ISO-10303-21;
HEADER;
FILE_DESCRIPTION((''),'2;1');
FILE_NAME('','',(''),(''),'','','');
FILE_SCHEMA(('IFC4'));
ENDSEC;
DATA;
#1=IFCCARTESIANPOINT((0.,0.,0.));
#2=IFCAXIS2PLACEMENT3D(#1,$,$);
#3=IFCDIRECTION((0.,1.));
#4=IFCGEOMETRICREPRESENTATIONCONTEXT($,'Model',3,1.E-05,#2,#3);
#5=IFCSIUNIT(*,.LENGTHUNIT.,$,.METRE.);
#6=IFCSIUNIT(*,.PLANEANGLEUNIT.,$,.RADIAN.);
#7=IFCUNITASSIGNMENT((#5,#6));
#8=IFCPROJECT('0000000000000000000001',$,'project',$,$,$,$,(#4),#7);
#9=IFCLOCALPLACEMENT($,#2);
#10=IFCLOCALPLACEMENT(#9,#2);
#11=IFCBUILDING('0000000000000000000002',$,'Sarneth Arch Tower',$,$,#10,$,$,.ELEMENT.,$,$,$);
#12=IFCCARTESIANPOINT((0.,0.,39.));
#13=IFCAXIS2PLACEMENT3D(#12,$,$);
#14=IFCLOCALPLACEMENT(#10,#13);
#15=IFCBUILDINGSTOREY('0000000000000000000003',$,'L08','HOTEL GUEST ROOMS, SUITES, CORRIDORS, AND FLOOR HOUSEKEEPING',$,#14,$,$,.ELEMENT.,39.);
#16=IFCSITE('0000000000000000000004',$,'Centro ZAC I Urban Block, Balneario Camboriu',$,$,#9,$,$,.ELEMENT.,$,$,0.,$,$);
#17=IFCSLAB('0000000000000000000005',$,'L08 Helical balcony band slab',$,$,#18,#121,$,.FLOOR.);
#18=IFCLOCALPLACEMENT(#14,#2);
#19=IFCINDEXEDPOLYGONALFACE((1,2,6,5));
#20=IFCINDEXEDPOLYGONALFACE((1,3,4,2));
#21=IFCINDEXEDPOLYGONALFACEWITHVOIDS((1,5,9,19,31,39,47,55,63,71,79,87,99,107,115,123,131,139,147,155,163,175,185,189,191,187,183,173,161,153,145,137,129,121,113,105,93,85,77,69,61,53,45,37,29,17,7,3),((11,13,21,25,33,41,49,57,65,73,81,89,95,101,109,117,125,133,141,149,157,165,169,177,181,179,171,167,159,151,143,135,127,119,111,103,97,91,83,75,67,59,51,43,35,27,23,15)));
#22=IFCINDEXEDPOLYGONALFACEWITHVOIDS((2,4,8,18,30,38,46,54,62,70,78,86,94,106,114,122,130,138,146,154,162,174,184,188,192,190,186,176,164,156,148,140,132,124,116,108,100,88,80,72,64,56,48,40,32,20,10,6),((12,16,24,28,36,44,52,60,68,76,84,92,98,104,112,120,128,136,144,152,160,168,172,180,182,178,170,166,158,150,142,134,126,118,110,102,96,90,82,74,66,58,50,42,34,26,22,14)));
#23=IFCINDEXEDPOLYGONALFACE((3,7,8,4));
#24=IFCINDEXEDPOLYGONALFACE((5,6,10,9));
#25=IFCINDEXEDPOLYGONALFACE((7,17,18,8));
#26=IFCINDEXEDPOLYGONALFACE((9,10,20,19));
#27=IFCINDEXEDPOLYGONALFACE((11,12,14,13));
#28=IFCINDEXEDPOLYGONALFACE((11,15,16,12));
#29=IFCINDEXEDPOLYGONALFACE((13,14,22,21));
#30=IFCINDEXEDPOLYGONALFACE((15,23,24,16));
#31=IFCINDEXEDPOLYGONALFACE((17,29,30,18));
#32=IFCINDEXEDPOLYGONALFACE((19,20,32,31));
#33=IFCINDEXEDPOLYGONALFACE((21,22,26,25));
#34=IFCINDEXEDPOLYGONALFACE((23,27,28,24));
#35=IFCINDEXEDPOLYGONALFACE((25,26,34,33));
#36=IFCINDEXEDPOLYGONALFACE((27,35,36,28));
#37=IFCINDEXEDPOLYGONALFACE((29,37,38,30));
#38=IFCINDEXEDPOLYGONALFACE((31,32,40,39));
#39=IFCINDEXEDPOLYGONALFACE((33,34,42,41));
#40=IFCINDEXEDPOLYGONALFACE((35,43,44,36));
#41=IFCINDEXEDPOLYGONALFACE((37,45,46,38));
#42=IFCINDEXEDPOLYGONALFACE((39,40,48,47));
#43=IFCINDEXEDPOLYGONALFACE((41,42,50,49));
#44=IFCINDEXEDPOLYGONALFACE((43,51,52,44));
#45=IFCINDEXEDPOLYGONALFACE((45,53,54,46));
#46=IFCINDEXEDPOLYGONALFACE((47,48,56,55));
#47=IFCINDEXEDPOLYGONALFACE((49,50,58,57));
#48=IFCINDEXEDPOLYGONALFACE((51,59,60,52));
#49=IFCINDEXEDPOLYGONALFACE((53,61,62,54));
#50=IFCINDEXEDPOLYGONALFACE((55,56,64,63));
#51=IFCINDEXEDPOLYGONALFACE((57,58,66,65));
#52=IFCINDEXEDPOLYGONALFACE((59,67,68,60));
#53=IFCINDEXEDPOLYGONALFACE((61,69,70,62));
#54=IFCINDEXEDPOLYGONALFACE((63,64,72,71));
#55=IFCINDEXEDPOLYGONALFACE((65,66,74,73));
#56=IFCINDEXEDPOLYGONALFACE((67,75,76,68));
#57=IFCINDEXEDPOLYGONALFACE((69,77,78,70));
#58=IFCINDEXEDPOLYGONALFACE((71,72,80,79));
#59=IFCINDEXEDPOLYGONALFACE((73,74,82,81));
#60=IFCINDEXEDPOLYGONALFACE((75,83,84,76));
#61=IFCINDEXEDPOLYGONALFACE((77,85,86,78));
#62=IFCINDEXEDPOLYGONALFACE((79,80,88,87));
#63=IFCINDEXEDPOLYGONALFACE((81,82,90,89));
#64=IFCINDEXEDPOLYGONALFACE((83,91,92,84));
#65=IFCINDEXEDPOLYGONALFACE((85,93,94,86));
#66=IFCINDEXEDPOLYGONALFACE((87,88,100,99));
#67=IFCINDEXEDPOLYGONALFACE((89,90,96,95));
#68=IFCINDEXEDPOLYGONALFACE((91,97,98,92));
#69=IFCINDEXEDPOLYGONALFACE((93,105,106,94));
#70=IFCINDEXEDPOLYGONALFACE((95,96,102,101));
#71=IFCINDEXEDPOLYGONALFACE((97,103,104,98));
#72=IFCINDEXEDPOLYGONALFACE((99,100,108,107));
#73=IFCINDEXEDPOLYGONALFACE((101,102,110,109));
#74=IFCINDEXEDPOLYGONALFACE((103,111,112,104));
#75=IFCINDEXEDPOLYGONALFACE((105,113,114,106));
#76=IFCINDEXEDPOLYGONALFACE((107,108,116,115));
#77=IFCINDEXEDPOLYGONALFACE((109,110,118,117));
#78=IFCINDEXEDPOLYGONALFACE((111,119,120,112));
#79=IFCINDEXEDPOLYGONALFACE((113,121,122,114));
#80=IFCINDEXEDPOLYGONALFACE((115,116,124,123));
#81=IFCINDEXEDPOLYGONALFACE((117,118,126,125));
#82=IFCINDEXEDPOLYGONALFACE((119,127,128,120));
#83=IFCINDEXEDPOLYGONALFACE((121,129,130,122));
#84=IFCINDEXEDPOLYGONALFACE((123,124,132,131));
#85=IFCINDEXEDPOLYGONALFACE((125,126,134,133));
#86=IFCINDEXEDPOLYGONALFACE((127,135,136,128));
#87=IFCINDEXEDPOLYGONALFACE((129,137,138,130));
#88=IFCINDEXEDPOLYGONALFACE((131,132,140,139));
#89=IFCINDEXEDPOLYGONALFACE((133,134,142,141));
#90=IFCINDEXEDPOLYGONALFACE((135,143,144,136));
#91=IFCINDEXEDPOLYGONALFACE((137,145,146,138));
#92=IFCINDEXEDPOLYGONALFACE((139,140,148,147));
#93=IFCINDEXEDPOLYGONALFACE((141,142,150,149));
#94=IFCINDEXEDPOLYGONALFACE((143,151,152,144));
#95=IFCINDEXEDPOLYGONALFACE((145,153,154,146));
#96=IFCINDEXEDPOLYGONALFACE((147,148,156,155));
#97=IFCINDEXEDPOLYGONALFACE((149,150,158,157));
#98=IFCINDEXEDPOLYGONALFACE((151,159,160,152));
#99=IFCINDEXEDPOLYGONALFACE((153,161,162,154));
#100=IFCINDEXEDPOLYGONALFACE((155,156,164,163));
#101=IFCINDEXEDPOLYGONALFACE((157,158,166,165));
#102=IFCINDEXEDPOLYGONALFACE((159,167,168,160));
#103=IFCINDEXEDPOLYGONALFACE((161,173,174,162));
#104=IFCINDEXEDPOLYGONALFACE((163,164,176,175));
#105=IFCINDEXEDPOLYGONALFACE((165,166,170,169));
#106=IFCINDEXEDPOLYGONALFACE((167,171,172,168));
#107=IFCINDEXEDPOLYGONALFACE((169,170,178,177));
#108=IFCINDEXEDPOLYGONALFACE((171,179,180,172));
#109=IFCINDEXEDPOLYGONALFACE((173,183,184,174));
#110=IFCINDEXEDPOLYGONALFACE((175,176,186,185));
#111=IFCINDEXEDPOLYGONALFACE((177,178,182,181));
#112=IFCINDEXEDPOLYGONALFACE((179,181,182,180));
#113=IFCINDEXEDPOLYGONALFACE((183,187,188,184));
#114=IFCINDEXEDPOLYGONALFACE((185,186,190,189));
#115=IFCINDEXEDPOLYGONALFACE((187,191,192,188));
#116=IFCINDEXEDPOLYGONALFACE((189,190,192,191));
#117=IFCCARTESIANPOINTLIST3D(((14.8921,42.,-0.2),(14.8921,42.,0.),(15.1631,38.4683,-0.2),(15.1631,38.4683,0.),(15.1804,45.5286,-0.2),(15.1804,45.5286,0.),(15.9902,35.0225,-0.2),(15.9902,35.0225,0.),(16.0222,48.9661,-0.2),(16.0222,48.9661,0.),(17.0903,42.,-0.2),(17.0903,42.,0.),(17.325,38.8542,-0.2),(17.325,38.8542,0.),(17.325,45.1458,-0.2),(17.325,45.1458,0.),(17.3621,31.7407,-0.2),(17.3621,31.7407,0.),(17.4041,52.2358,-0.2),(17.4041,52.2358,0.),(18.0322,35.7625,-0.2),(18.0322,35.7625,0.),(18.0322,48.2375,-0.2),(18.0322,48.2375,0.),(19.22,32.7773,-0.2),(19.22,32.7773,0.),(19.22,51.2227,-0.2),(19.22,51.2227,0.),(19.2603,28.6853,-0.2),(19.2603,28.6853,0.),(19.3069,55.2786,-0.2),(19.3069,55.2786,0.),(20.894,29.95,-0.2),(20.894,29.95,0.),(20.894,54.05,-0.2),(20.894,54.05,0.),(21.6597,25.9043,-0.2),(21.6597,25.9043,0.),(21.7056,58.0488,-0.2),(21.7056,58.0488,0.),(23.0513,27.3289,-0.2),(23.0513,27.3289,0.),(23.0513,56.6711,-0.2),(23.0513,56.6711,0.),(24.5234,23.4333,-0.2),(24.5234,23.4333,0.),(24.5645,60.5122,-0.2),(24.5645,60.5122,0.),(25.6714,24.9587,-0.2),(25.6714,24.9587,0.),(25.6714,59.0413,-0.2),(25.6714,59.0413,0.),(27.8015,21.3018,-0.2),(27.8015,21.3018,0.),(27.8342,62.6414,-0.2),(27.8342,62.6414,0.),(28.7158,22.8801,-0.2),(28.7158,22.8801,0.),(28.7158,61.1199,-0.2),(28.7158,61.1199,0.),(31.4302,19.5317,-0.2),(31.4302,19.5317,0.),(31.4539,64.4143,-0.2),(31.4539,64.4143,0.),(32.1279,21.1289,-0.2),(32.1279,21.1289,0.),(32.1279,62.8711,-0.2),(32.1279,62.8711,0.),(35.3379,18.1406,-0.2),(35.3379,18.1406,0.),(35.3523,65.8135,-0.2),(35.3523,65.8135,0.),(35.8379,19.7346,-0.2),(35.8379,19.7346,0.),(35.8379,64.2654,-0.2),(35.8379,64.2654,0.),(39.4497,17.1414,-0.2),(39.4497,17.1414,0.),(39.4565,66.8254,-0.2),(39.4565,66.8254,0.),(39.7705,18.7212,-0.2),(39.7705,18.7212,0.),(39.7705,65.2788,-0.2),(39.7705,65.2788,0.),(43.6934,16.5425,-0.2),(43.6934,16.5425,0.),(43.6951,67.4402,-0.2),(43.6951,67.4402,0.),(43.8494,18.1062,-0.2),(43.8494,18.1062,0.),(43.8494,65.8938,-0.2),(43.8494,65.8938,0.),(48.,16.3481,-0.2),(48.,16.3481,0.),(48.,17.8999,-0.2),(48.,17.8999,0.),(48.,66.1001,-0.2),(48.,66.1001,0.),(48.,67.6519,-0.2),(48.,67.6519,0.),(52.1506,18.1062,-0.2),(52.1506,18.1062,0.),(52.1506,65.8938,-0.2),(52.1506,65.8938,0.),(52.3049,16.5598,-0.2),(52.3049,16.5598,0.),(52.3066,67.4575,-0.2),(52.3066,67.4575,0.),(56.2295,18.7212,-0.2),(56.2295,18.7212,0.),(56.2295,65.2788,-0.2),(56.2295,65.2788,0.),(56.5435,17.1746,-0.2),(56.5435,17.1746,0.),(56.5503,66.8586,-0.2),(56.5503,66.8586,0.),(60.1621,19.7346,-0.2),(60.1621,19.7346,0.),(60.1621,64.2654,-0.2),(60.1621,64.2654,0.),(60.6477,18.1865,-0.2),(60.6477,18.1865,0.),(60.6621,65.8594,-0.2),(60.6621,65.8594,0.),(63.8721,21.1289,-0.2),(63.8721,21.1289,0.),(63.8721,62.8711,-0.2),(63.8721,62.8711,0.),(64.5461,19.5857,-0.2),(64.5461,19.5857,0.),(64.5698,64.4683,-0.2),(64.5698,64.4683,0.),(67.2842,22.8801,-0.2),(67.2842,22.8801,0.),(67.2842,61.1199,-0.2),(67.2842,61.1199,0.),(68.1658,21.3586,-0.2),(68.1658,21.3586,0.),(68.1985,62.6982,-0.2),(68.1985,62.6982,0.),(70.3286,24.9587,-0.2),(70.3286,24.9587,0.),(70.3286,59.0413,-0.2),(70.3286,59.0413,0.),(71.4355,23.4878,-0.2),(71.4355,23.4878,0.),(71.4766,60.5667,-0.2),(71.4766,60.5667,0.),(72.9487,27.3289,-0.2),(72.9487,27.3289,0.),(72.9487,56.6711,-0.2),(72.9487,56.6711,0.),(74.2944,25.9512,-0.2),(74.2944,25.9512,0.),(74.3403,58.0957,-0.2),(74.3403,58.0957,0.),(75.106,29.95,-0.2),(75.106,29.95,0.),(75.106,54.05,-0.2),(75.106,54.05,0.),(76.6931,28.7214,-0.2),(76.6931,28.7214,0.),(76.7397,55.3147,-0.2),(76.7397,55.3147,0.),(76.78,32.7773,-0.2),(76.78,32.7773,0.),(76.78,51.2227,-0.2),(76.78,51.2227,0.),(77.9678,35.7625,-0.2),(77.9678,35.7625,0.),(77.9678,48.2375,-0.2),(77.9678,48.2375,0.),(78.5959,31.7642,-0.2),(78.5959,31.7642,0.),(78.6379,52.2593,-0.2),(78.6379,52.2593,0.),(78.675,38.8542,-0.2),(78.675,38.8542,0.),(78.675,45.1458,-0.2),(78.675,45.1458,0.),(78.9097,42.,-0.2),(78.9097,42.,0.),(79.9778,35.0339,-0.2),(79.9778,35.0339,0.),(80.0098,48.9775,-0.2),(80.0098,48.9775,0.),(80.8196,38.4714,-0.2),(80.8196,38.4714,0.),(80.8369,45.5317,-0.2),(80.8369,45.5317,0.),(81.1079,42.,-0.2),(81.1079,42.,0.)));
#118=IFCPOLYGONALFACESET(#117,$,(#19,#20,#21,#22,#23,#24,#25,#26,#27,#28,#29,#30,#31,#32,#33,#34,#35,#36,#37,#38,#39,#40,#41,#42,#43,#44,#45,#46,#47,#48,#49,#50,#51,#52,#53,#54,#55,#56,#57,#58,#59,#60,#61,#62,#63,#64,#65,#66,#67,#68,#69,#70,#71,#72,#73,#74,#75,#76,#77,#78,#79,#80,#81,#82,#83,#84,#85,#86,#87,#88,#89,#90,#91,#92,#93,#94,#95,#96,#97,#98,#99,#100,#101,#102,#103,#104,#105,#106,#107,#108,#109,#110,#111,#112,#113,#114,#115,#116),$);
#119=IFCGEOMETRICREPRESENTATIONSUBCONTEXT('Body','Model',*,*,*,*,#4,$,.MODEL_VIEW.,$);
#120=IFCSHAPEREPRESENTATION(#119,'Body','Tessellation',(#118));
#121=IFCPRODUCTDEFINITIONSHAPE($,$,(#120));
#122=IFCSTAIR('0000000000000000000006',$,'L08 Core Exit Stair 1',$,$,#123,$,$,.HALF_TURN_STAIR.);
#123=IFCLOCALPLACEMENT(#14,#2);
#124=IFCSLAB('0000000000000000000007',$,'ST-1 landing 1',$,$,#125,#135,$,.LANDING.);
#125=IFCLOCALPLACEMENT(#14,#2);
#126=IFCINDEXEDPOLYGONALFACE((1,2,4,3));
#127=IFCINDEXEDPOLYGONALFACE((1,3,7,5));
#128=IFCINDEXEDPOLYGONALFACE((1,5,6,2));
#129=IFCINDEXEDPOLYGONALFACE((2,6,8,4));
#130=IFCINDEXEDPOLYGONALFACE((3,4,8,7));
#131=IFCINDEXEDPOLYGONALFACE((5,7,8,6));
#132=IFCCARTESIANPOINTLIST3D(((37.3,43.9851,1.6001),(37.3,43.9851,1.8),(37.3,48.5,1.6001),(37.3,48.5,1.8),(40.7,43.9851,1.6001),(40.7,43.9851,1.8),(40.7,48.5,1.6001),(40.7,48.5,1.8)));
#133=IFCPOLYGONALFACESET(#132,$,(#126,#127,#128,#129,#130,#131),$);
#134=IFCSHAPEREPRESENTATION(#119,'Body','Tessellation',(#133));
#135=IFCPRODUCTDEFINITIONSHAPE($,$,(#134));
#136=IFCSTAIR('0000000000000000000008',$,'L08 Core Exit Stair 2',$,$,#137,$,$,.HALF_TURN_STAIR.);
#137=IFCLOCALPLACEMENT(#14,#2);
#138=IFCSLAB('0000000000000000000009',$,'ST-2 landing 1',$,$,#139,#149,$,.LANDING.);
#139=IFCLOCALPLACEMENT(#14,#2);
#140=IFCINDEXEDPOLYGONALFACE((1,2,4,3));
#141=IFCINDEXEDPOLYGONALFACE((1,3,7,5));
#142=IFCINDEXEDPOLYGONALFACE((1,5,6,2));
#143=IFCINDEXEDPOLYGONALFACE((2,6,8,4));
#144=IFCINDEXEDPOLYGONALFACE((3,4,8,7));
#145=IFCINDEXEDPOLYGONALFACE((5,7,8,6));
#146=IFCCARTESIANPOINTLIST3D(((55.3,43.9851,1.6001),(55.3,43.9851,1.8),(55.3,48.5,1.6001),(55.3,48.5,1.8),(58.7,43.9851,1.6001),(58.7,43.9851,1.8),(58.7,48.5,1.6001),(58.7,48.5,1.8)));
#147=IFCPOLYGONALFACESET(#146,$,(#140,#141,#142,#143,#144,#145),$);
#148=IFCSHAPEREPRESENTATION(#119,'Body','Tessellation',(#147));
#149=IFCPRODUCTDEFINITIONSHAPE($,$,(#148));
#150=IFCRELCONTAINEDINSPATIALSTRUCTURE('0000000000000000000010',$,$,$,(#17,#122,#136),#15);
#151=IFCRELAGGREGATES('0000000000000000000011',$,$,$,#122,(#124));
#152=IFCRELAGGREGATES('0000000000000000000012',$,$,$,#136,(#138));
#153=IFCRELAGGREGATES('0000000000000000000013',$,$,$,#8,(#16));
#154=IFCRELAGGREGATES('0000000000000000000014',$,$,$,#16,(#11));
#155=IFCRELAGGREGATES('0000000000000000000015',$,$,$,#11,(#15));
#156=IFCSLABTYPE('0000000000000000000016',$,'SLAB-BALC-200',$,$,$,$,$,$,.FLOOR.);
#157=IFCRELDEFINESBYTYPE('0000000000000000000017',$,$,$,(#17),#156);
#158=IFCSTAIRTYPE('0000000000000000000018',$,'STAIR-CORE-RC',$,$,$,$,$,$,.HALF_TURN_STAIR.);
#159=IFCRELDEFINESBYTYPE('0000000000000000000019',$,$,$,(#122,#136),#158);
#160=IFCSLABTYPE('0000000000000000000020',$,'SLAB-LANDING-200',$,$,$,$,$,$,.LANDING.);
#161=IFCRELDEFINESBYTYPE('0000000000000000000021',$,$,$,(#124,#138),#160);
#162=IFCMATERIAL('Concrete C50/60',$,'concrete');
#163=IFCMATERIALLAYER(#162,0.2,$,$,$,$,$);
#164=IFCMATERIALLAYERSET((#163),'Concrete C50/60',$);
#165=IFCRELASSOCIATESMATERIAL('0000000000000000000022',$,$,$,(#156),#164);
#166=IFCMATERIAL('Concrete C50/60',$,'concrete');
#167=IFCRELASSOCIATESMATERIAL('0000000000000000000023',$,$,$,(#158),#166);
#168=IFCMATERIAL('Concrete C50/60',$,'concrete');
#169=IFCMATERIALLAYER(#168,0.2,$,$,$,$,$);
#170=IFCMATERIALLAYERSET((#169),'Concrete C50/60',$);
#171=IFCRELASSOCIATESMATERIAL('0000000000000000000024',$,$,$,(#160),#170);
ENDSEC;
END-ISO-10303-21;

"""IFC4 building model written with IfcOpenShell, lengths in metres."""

from ifc_helpers import new_model, si_unit, direction, frame, origin, place, context, subcontext, project, spatial, polyline, outline, extrude, material, layer, layer_set, type_object, element, aggregate, save


model = new_model("IFC4")

# Units and contexts
model_context = context("Model", 3, precision=1e-05, world=origin(), true_north=direction((0.0, 1.0)))
body_context = subcontext(model_context, "Body", "Model", "MODEL_VIEW")
ifc_project = project(units=[si_unit("LENGTHUNIT", "METRE"), si_unit("PLANEANGLEUNIT", "RADIAN")], contexts=[model_context])

# Site, building, storey
site_placement = place(None, origin())
site = spatial("IfcSite", under=ifc_project, at=site_placement, Name="Centro ZAC I Urban Block, Balneario Camboriu", CompositionType="ELEMENT", RefElevation=0.0)
building_placement = place(site_placement, origin())
building = spatial("IfcBuilding", under=site, at=building_placement, Name="Sarneth Arch Tower", CompositionType="ELEMENT")
storey_placement = place(building_placement, frame((0.0, 0.0, 39.0)))
storey = spatial("IfcBuildingStorey", under=building, at=storey_placement, Name="L08", Description="HOTEL GUEST ROOMS, SUITES, CORRIDORS, AND FLOOR HOUSEKEEPING", CompositionType="ELEMENT", Elevation=39.0)

# Slab
ifc_material_1 = material(Name="Concrete C50/60", Category="concrete")
ifc_layer_1 = layer(ifc_material_1, 0.2)
ifc_layer_set_1 = layer_set([ifc_layer_1], Name="Concrete C50/60")
slab_type_1 = type_object("IfcSlabType", Name="SLAB-BALC-200", PredefinedType="FLOOR", material=ifc_layer_set_1)
slab_1_placement = place(storey_placement, frame((0.0, 0.0, -0.2)))
element("IfcSlab", 1, at=slab_1_placement, inside=storey, type_object=slab_type_1, Name="L08 Helical balcony band slab", PredefinedType="FLOOR", context=body_context, shape_type="SweptSolid", body=[
    extrude(outline(polyline([(81.1079, 42.0), (80.8369, 45.5317), (80.0098, 48.9775), (78.6379, 52.2593), (76.7397, 55.3147), (74.3403, 58.0957), (71.4766, 60.5667), (68.1985, 62.6982), (64.5698, 64.4683), (60.6621, 65.8594), (56.5503, 66.8586), (52.3066, 67.4575), (48.0, 67.6519), (43.6951, 67.4402), (39.4565, 66.8254), (35.3523, 65.8135), (31.4539, 64.4143), (27.8342, 62.6414), (24.5645, 60.5122), (21.7056, 58.0488), (19.3069, 55.2786), (17.4041, 52.2358), (16.0222, 48.9661), (15.1804, 45.5286), (14.8921, 42.0), (15.1631, 38.4683), (15.9902, 35.0225), (17.3621, 31.7407), (19.2603, 28.6853), (21.6597, 25.9043), (24.5234, 23.4333), (27.8015, 21.3018), (31.4302, 19.5317), (35.3379, 18.1406), (39.4497, 17.1414), (43.6934, 16.5425), (48.0, 16.3481), (52.3049, 16.5598), (56.5435, 17.1746), (60.6477, 18.1865), (64.5461, 19.5857), (68.1658, 21.3586), (71.4355, 23.4878), (74.2944, 25.9512), (76.6931, 28.7214), (78.5959, 31.7642), (79.9778, 35.0339), (80.8196, 38.4714), (81.1079, 42.0)]), holes=[polyline([(78.9097, 42.0), (78.675, 45.1458), (77.9678, 48.2375), (76.78, 51.2227), (75.106, 54.05), (72.9487, 56.6711), (70.3286, 59.0413), (67.2842, 61.1199), (63.8721, 62.8711), (60.1621, 64.2654), (56.2295, 65.2788), (52.1506, 65.8938), (48.0, 66.1001), (43.8494, 65.8938), (39.7705, 65.2788), (35.8379, 64.2654), (32.1279, 62.8711), (28.7158, 61.1199), (25.6714, 59.0413), (23.0513, 56.6711), (20.894, 54.05), (19.22, 51.2227), (18.0322, 48.2375), (17.325, 45.1458), (17.0903, 42.0), (17.325, 38.8542), (18.0322, 35.7625), (19.22, 32.7773), (20.894, 29.95), (23.0513, 27.3289), (25.6714, 24.9587), (28.7158, 22.8801), (32.1279, 21.1289), (35.8379, 19.7346), (39.7705, 18.7212), (43.8494, 18.1062), (48.0, 17.8999), (52.1506, 18.1062), (56.2295, 18.7212), (60.1621, 19.7346), (63.8721, 21.1289), (67.2842, 22.8801), (70.3286, 24.9587), (72.9487, 27.3289), (75.106, 29.95), (76.78, 32.7773), (77.9678, 35.7625), (78.675, 38.8542), (78.9097, 42.0)])]), origin(), (0.0, 0.0, 1.0), 0.2),
])

# Stairs, slabs
ifc_material_2 = material(Name="Concrete C50/60", Category="concrete")
stair_type = type_object("IfcStairType", Name="STAIR-CORE-RC", PredefinedType="HALF_TURN_STAIR", material=ifc_material_2)
stair_1_placement = place(storey_placement, origin())
stair_1 = element("IfcStair", 2, at=stair_1_placement, inside=storey, type_object=stair_type, Name="L08 Core Exit Stair 1", PredefinedType="HALF_TURN_STAIR")
ifc_material_3 = material(Name="Concrete C50/60", Category="concrete")
ifc_layer_2 = layer(ifc_material_3, 0.2)
ifc_layer_set_2 = layer_set([ifc_layer_2], Name="Concrete C50/60")
slab_type_2 = type_object("IfcSlabType", Name="SLAB-LANDING-200", PredefinedType="LANDING", material=ifc_layer_set_2)
slab_2_placement = place(storey_placement, frame((0.0, 0.0, 1.6001)))
slab_2 = element("IfcSlab", 3, at=slab_2_placement, type_object=slab_type_2, Name="ST-1 landing 1", PredefinedType="LANDING", context=body_context, shape_type="SweptSolid", body=[
    extrude(outline(polyline([(37.3, 43.9851), (40.7, 43.9851), (40.7, 48.5), (37.3, 48.5), (37.3, 43.9851)])), origin(), (0.0, 0.0, 1.0), 0.2),
])
aggregate(stair_1, [slab_2])
stair_2_placement = place(storey_placement, origin())
stair_2 = element("IfcStair", 4, at=stair_2_placement, inside=storey, type_object=stair_type, Name="L08 Core Exit Stair 2", PredefinedType="HALF_TURN_STAIR")
slab_3_placement = place(storey_placement, frame((0.0, 0.0, 1.6001)))
slab_3 = element("IfcSlab", 5, at=slab_3_placement, type_object=slab_type_2, Name="ST-2 landing 1", PredefinedType="LANDING", context=body_context, shape_type="SweptSolid", body=[
    extrude(outline(polyline([(55.3, 43.9851), (58.7, 43.9851), (58.7, 48.5), (55.3, 48.5), (55.3, 43.9851)])), origin(), (0.0, 0.0, 1.0), 0.2),
])
aggregate(stair_2, [slab_3])

save(model, "model.ifc")
